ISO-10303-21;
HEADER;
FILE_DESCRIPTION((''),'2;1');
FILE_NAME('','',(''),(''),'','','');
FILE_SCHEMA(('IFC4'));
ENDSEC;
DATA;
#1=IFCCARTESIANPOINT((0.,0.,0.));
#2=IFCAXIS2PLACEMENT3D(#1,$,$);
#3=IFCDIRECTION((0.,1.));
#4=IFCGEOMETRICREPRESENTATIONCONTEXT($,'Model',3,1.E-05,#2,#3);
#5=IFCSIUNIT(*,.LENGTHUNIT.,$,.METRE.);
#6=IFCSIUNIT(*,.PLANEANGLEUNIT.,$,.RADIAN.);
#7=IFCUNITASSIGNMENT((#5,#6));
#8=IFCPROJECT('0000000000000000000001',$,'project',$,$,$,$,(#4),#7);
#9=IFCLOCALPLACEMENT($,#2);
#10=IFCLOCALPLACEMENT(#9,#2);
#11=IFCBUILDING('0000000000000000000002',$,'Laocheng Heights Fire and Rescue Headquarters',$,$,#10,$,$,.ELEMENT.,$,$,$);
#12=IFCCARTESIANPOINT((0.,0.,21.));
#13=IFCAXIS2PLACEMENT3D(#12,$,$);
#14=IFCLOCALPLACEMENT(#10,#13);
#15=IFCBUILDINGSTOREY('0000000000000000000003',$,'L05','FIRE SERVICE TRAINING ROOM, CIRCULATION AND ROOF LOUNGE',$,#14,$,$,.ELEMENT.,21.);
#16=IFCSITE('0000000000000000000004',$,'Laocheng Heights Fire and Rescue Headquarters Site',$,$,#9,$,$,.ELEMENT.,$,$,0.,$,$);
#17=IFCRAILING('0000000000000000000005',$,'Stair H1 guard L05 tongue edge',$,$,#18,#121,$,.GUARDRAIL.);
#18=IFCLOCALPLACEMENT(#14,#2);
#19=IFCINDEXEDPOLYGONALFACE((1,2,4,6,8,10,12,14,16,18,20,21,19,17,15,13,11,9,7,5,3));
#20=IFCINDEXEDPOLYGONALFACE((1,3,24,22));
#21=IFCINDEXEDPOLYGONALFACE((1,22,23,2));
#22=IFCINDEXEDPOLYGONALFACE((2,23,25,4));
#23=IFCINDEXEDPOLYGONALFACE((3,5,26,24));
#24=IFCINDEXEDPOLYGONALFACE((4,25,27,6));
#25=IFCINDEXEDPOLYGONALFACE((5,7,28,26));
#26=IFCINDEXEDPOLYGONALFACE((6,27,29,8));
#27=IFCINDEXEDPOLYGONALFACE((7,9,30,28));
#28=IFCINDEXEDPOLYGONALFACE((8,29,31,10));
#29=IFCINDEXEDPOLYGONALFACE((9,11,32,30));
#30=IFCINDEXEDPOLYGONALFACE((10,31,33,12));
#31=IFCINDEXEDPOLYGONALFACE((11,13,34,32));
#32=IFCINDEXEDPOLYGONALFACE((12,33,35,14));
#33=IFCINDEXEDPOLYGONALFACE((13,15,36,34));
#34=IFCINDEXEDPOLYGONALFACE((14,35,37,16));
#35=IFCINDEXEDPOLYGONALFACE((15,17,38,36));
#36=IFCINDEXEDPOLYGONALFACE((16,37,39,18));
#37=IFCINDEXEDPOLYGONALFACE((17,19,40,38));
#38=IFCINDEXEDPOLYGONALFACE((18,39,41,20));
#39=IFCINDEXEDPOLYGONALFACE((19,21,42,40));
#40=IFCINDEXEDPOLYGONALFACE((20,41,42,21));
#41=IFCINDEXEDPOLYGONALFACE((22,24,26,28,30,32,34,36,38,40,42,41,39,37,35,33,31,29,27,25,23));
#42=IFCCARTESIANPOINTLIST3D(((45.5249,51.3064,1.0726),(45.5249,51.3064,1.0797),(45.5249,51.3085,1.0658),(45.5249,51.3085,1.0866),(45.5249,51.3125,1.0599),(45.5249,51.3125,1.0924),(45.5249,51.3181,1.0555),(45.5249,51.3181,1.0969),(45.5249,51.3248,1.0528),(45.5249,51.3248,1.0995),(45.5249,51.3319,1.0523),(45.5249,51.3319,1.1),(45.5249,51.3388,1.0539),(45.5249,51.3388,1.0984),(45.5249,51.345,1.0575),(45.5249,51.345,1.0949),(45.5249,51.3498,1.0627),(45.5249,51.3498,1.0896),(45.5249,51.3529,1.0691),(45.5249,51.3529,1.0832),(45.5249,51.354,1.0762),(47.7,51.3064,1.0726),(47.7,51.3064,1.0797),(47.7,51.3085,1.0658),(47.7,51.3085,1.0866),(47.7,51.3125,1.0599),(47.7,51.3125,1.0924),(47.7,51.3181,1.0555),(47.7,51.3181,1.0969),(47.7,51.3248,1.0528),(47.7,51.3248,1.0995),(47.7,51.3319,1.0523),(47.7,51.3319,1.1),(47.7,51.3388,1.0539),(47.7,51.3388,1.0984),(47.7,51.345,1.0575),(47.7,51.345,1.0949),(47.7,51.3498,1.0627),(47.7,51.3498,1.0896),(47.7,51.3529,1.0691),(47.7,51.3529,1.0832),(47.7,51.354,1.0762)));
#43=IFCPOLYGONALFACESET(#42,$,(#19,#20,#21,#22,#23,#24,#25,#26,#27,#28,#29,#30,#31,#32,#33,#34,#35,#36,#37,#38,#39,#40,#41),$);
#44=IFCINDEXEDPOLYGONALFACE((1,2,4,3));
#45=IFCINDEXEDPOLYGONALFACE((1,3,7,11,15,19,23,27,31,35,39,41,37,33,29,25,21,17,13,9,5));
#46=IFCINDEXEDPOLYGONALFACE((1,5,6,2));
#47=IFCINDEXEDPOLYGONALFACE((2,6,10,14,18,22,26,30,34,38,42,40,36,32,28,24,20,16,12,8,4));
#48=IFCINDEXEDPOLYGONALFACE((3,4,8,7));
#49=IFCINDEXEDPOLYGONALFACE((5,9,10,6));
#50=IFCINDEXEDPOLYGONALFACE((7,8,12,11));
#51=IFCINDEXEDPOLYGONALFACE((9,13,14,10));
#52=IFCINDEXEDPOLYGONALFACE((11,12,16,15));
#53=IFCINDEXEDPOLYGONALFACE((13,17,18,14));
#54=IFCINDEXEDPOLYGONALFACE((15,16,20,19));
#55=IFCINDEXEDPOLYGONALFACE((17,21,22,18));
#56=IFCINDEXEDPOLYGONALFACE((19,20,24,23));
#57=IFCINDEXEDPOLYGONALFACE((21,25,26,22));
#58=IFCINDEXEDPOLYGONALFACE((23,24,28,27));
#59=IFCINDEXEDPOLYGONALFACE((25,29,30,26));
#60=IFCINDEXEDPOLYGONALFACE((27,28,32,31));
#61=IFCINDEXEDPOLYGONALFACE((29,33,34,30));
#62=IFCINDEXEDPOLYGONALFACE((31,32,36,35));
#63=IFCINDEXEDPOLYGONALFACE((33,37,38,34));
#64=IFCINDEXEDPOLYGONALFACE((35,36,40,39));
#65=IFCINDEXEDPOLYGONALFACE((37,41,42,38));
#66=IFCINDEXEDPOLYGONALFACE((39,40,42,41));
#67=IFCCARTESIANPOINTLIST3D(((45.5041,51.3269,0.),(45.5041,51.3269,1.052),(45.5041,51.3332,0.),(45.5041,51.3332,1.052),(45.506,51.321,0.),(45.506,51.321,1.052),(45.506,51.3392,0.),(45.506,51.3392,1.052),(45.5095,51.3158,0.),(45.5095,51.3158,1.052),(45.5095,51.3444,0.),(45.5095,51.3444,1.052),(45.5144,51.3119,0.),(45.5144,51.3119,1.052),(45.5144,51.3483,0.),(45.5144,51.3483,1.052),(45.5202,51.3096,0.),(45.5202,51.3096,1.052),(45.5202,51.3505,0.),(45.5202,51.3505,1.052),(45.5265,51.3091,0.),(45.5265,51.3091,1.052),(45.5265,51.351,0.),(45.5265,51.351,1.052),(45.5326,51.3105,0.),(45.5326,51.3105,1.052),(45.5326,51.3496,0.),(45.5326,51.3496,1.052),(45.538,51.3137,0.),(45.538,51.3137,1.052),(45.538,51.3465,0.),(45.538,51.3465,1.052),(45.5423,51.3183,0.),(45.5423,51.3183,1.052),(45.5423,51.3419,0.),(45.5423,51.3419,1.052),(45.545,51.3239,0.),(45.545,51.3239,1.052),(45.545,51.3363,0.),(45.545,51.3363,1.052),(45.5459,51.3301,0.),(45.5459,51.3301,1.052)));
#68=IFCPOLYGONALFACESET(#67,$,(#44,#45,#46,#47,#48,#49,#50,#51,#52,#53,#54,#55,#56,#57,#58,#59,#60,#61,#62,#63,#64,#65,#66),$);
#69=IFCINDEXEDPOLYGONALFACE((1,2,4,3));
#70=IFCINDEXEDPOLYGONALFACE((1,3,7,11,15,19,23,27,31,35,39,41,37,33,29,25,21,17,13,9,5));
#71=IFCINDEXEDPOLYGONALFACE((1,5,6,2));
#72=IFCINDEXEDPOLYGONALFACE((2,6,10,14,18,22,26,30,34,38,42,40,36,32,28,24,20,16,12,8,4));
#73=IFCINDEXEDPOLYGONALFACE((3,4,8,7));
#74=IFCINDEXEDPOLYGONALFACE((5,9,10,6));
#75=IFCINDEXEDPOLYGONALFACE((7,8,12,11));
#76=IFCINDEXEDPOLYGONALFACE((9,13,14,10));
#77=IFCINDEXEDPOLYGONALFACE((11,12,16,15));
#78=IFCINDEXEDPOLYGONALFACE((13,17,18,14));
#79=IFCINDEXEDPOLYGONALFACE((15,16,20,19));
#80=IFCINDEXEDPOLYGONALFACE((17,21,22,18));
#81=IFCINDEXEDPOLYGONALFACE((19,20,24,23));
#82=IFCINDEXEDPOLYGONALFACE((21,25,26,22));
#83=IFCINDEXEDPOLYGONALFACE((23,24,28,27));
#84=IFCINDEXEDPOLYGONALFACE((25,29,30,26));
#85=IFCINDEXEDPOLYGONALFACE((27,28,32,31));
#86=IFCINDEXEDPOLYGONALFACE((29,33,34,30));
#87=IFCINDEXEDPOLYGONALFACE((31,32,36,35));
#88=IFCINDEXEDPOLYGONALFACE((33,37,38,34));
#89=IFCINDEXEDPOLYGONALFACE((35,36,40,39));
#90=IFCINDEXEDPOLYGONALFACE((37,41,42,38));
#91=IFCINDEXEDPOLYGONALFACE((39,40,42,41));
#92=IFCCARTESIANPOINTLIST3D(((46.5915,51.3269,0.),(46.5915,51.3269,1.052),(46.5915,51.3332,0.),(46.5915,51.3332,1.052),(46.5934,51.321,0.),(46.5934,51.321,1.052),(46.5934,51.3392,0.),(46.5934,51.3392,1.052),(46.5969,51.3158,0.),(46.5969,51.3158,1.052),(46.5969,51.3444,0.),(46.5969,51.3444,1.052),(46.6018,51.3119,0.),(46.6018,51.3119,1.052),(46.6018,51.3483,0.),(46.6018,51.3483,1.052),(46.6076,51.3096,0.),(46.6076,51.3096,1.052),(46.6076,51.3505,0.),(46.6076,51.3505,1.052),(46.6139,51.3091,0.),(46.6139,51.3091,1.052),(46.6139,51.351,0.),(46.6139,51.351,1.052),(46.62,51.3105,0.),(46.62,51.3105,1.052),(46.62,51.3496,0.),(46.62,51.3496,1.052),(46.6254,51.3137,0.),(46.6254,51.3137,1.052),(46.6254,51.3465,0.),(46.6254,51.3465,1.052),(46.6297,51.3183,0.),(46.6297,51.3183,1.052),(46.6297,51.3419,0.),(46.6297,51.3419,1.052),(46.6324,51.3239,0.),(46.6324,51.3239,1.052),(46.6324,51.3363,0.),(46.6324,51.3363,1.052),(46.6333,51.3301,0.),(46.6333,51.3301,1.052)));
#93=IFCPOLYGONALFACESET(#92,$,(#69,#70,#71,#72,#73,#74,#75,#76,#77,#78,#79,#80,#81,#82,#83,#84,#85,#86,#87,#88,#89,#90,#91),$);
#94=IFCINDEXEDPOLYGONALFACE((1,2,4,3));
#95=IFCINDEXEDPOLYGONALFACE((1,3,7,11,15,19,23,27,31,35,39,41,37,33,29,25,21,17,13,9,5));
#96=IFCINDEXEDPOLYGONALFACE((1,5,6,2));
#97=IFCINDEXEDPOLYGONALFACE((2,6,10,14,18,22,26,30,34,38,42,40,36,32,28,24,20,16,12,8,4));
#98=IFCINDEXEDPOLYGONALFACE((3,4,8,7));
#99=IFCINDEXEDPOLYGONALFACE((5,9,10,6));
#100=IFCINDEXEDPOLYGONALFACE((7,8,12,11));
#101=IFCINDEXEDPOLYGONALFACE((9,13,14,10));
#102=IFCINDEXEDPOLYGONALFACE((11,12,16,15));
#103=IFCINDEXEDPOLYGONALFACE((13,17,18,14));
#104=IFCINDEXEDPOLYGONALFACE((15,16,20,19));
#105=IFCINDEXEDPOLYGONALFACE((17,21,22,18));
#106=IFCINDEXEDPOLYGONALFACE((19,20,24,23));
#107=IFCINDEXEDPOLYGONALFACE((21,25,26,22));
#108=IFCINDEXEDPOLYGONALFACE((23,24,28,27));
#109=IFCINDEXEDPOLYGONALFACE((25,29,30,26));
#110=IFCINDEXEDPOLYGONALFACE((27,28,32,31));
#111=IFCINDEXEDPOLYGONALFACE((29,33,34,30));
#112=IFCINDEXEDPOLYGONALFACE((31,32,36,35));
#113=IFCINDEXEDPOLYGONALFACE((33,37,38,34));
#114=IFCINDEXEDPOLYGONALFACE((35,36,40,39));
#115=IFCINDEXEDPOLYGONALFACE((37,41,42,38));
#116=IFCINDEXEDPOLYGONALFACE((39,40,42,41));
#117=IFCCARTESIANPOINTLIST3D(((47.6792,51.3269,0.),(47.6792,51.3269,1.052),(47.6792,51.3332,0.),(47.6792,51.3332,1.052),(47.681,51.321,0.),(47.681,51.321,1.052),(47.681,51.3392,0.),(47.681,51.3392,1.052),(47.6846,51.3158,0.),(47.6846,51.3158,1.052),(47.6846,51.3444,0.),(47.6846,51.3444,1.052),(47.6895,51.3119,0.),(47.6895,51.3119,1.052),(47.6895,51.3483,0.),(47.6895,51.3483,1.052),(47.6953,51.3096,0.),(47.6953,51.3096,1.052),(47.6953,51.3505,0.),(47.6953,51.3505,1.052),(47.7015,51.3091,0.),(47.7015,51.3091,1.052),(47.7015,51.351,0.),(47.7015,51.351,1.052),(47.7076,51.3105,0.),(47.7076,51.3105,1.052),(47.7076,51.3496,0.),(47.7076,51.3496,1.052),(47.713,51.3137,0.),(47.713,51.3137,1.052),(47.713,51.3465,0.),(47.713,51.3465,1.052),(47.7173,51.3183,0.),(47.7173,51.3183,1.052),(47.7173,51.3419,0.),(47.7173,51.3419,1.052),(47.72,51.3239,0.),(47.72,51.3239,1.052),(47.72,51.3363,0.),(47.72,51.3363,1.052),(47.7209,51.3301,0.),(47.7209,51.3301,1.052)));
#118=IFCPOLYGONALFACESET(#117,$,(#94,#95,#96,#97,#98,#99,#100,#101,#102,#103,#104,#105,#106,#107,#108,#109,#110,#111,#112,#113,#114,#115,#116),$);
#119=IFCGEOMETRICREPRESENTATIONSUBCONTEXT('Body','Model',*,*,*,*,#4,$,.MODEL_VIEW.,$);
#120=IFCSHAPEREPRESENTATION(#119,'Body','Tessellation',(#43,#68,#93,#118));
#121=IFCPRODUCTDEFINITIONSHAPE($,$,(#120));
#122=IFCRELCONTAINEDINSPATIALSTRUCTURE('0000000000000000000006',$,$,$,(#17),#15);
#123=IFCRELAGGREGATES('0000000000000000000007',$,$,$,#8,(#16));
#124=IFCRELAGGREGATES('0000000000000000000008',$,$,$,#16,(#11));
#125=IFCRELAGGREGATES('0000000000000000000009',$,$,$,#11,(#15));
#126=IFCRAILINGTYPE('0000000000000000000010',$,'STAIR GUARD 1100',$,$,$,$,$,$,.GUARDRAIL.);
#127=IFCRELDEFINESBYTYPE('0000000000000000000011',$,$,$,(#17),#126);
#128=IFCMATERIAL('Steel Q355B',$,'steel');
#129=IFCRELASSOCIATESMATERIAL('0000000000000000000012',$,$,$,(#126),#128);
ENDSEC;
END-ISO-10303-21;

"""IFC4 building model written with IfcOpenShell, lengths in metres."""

from ifc_helpers import new_model, si_unit, direction, frame, origin, origin_2d, place, context, subcontext, project, spatial, circle, extrude, material, type_object, element, save


model = new_model("IFC4")

# Units and contexts
model_context = context("Model", 3, precision=1e-05, world=origin(), true_north=direction((0.0, 1.0)))
body_context = subcontext(model_context, "Body", "Model", "MODEL_VIEW")
ifc_project = project(units=[si_unit("LENGTHUNIT", "METRE"), si_unit("PLANEANGLEUNIT", "RADIAN")], contexts=[model_context])

# Site, building, storey
site_placement = place(None, origin())
site = spatial("IfcSite", under=ifc_project, at=site_placement, Name="Laocheng Heights Fire and Rescue Headquarters Site", CompositionType="ELEMENT", RefElevation=0.0)
building_placement = place(site_placement, origin())
building = spatial("IfcBuilding", under=site, at=building_placement, Name="Laocheng Heights Fire and Rescue Headquarters", CompositionType="ELEMENT")
storey_placement = place(building_placement, frame((0.0, 0.0, 21.0)))
storey = spatial("IfcBuildingStorey", under=building, at=storey_placement, Name="L05", Description="FIRE SERVICE TRAINING ROOM, CIRCULATION AND ROOF LOUNGE", CompositionType="ELEMENT", Elevation=21.0)

# Railing
ifc_material_1 = material(Name="Steel Q355B", Category="steel")
railing_type = type_object("IfcRailingType", Name="STAIR GUARD 1100", PredefinedType="GUARDRAIL", material=ifc_material_1)
railing_1_placement = place(storey_placement, frame((45.5249, 51.3301, 0.0)))
element("IfcRailing", 1, at=railing_1_placement, inside=storey, type_object=railing_type, Name="Stair H1 guard L05 tongue edge", PredefinedType="GUARDRAIL", context=body_context, shape_type="SweptSolid", body=[
    extrude(circle(Radius=0.0239, at=origin_2d()), frame((0.0, 0.0, 1.0762), z_axis=(1.0, 0.0, 0.0), x_axis=(0.0, 1.0, 0.0)), (0.0, 0.0, 1.0), 2.175),
    extrude(circle(Radius=0.021, at=origin_2d()), origin(), (0.0, 0.0, 1.0), 1.052),
    extrude(circle(Radius=0.021, at=origin_2d()), frame((1.0874, 0.0, 0.0)), (0.0, 0.0, 1.0), 1.052),
    extrude(circle(Radius=0.021, at=origin_2d()), frame((2.175, 0.0, 0.0)), (0.0, 0.0, 1.0), 1.052),
])

save(model, "model.ifc")
